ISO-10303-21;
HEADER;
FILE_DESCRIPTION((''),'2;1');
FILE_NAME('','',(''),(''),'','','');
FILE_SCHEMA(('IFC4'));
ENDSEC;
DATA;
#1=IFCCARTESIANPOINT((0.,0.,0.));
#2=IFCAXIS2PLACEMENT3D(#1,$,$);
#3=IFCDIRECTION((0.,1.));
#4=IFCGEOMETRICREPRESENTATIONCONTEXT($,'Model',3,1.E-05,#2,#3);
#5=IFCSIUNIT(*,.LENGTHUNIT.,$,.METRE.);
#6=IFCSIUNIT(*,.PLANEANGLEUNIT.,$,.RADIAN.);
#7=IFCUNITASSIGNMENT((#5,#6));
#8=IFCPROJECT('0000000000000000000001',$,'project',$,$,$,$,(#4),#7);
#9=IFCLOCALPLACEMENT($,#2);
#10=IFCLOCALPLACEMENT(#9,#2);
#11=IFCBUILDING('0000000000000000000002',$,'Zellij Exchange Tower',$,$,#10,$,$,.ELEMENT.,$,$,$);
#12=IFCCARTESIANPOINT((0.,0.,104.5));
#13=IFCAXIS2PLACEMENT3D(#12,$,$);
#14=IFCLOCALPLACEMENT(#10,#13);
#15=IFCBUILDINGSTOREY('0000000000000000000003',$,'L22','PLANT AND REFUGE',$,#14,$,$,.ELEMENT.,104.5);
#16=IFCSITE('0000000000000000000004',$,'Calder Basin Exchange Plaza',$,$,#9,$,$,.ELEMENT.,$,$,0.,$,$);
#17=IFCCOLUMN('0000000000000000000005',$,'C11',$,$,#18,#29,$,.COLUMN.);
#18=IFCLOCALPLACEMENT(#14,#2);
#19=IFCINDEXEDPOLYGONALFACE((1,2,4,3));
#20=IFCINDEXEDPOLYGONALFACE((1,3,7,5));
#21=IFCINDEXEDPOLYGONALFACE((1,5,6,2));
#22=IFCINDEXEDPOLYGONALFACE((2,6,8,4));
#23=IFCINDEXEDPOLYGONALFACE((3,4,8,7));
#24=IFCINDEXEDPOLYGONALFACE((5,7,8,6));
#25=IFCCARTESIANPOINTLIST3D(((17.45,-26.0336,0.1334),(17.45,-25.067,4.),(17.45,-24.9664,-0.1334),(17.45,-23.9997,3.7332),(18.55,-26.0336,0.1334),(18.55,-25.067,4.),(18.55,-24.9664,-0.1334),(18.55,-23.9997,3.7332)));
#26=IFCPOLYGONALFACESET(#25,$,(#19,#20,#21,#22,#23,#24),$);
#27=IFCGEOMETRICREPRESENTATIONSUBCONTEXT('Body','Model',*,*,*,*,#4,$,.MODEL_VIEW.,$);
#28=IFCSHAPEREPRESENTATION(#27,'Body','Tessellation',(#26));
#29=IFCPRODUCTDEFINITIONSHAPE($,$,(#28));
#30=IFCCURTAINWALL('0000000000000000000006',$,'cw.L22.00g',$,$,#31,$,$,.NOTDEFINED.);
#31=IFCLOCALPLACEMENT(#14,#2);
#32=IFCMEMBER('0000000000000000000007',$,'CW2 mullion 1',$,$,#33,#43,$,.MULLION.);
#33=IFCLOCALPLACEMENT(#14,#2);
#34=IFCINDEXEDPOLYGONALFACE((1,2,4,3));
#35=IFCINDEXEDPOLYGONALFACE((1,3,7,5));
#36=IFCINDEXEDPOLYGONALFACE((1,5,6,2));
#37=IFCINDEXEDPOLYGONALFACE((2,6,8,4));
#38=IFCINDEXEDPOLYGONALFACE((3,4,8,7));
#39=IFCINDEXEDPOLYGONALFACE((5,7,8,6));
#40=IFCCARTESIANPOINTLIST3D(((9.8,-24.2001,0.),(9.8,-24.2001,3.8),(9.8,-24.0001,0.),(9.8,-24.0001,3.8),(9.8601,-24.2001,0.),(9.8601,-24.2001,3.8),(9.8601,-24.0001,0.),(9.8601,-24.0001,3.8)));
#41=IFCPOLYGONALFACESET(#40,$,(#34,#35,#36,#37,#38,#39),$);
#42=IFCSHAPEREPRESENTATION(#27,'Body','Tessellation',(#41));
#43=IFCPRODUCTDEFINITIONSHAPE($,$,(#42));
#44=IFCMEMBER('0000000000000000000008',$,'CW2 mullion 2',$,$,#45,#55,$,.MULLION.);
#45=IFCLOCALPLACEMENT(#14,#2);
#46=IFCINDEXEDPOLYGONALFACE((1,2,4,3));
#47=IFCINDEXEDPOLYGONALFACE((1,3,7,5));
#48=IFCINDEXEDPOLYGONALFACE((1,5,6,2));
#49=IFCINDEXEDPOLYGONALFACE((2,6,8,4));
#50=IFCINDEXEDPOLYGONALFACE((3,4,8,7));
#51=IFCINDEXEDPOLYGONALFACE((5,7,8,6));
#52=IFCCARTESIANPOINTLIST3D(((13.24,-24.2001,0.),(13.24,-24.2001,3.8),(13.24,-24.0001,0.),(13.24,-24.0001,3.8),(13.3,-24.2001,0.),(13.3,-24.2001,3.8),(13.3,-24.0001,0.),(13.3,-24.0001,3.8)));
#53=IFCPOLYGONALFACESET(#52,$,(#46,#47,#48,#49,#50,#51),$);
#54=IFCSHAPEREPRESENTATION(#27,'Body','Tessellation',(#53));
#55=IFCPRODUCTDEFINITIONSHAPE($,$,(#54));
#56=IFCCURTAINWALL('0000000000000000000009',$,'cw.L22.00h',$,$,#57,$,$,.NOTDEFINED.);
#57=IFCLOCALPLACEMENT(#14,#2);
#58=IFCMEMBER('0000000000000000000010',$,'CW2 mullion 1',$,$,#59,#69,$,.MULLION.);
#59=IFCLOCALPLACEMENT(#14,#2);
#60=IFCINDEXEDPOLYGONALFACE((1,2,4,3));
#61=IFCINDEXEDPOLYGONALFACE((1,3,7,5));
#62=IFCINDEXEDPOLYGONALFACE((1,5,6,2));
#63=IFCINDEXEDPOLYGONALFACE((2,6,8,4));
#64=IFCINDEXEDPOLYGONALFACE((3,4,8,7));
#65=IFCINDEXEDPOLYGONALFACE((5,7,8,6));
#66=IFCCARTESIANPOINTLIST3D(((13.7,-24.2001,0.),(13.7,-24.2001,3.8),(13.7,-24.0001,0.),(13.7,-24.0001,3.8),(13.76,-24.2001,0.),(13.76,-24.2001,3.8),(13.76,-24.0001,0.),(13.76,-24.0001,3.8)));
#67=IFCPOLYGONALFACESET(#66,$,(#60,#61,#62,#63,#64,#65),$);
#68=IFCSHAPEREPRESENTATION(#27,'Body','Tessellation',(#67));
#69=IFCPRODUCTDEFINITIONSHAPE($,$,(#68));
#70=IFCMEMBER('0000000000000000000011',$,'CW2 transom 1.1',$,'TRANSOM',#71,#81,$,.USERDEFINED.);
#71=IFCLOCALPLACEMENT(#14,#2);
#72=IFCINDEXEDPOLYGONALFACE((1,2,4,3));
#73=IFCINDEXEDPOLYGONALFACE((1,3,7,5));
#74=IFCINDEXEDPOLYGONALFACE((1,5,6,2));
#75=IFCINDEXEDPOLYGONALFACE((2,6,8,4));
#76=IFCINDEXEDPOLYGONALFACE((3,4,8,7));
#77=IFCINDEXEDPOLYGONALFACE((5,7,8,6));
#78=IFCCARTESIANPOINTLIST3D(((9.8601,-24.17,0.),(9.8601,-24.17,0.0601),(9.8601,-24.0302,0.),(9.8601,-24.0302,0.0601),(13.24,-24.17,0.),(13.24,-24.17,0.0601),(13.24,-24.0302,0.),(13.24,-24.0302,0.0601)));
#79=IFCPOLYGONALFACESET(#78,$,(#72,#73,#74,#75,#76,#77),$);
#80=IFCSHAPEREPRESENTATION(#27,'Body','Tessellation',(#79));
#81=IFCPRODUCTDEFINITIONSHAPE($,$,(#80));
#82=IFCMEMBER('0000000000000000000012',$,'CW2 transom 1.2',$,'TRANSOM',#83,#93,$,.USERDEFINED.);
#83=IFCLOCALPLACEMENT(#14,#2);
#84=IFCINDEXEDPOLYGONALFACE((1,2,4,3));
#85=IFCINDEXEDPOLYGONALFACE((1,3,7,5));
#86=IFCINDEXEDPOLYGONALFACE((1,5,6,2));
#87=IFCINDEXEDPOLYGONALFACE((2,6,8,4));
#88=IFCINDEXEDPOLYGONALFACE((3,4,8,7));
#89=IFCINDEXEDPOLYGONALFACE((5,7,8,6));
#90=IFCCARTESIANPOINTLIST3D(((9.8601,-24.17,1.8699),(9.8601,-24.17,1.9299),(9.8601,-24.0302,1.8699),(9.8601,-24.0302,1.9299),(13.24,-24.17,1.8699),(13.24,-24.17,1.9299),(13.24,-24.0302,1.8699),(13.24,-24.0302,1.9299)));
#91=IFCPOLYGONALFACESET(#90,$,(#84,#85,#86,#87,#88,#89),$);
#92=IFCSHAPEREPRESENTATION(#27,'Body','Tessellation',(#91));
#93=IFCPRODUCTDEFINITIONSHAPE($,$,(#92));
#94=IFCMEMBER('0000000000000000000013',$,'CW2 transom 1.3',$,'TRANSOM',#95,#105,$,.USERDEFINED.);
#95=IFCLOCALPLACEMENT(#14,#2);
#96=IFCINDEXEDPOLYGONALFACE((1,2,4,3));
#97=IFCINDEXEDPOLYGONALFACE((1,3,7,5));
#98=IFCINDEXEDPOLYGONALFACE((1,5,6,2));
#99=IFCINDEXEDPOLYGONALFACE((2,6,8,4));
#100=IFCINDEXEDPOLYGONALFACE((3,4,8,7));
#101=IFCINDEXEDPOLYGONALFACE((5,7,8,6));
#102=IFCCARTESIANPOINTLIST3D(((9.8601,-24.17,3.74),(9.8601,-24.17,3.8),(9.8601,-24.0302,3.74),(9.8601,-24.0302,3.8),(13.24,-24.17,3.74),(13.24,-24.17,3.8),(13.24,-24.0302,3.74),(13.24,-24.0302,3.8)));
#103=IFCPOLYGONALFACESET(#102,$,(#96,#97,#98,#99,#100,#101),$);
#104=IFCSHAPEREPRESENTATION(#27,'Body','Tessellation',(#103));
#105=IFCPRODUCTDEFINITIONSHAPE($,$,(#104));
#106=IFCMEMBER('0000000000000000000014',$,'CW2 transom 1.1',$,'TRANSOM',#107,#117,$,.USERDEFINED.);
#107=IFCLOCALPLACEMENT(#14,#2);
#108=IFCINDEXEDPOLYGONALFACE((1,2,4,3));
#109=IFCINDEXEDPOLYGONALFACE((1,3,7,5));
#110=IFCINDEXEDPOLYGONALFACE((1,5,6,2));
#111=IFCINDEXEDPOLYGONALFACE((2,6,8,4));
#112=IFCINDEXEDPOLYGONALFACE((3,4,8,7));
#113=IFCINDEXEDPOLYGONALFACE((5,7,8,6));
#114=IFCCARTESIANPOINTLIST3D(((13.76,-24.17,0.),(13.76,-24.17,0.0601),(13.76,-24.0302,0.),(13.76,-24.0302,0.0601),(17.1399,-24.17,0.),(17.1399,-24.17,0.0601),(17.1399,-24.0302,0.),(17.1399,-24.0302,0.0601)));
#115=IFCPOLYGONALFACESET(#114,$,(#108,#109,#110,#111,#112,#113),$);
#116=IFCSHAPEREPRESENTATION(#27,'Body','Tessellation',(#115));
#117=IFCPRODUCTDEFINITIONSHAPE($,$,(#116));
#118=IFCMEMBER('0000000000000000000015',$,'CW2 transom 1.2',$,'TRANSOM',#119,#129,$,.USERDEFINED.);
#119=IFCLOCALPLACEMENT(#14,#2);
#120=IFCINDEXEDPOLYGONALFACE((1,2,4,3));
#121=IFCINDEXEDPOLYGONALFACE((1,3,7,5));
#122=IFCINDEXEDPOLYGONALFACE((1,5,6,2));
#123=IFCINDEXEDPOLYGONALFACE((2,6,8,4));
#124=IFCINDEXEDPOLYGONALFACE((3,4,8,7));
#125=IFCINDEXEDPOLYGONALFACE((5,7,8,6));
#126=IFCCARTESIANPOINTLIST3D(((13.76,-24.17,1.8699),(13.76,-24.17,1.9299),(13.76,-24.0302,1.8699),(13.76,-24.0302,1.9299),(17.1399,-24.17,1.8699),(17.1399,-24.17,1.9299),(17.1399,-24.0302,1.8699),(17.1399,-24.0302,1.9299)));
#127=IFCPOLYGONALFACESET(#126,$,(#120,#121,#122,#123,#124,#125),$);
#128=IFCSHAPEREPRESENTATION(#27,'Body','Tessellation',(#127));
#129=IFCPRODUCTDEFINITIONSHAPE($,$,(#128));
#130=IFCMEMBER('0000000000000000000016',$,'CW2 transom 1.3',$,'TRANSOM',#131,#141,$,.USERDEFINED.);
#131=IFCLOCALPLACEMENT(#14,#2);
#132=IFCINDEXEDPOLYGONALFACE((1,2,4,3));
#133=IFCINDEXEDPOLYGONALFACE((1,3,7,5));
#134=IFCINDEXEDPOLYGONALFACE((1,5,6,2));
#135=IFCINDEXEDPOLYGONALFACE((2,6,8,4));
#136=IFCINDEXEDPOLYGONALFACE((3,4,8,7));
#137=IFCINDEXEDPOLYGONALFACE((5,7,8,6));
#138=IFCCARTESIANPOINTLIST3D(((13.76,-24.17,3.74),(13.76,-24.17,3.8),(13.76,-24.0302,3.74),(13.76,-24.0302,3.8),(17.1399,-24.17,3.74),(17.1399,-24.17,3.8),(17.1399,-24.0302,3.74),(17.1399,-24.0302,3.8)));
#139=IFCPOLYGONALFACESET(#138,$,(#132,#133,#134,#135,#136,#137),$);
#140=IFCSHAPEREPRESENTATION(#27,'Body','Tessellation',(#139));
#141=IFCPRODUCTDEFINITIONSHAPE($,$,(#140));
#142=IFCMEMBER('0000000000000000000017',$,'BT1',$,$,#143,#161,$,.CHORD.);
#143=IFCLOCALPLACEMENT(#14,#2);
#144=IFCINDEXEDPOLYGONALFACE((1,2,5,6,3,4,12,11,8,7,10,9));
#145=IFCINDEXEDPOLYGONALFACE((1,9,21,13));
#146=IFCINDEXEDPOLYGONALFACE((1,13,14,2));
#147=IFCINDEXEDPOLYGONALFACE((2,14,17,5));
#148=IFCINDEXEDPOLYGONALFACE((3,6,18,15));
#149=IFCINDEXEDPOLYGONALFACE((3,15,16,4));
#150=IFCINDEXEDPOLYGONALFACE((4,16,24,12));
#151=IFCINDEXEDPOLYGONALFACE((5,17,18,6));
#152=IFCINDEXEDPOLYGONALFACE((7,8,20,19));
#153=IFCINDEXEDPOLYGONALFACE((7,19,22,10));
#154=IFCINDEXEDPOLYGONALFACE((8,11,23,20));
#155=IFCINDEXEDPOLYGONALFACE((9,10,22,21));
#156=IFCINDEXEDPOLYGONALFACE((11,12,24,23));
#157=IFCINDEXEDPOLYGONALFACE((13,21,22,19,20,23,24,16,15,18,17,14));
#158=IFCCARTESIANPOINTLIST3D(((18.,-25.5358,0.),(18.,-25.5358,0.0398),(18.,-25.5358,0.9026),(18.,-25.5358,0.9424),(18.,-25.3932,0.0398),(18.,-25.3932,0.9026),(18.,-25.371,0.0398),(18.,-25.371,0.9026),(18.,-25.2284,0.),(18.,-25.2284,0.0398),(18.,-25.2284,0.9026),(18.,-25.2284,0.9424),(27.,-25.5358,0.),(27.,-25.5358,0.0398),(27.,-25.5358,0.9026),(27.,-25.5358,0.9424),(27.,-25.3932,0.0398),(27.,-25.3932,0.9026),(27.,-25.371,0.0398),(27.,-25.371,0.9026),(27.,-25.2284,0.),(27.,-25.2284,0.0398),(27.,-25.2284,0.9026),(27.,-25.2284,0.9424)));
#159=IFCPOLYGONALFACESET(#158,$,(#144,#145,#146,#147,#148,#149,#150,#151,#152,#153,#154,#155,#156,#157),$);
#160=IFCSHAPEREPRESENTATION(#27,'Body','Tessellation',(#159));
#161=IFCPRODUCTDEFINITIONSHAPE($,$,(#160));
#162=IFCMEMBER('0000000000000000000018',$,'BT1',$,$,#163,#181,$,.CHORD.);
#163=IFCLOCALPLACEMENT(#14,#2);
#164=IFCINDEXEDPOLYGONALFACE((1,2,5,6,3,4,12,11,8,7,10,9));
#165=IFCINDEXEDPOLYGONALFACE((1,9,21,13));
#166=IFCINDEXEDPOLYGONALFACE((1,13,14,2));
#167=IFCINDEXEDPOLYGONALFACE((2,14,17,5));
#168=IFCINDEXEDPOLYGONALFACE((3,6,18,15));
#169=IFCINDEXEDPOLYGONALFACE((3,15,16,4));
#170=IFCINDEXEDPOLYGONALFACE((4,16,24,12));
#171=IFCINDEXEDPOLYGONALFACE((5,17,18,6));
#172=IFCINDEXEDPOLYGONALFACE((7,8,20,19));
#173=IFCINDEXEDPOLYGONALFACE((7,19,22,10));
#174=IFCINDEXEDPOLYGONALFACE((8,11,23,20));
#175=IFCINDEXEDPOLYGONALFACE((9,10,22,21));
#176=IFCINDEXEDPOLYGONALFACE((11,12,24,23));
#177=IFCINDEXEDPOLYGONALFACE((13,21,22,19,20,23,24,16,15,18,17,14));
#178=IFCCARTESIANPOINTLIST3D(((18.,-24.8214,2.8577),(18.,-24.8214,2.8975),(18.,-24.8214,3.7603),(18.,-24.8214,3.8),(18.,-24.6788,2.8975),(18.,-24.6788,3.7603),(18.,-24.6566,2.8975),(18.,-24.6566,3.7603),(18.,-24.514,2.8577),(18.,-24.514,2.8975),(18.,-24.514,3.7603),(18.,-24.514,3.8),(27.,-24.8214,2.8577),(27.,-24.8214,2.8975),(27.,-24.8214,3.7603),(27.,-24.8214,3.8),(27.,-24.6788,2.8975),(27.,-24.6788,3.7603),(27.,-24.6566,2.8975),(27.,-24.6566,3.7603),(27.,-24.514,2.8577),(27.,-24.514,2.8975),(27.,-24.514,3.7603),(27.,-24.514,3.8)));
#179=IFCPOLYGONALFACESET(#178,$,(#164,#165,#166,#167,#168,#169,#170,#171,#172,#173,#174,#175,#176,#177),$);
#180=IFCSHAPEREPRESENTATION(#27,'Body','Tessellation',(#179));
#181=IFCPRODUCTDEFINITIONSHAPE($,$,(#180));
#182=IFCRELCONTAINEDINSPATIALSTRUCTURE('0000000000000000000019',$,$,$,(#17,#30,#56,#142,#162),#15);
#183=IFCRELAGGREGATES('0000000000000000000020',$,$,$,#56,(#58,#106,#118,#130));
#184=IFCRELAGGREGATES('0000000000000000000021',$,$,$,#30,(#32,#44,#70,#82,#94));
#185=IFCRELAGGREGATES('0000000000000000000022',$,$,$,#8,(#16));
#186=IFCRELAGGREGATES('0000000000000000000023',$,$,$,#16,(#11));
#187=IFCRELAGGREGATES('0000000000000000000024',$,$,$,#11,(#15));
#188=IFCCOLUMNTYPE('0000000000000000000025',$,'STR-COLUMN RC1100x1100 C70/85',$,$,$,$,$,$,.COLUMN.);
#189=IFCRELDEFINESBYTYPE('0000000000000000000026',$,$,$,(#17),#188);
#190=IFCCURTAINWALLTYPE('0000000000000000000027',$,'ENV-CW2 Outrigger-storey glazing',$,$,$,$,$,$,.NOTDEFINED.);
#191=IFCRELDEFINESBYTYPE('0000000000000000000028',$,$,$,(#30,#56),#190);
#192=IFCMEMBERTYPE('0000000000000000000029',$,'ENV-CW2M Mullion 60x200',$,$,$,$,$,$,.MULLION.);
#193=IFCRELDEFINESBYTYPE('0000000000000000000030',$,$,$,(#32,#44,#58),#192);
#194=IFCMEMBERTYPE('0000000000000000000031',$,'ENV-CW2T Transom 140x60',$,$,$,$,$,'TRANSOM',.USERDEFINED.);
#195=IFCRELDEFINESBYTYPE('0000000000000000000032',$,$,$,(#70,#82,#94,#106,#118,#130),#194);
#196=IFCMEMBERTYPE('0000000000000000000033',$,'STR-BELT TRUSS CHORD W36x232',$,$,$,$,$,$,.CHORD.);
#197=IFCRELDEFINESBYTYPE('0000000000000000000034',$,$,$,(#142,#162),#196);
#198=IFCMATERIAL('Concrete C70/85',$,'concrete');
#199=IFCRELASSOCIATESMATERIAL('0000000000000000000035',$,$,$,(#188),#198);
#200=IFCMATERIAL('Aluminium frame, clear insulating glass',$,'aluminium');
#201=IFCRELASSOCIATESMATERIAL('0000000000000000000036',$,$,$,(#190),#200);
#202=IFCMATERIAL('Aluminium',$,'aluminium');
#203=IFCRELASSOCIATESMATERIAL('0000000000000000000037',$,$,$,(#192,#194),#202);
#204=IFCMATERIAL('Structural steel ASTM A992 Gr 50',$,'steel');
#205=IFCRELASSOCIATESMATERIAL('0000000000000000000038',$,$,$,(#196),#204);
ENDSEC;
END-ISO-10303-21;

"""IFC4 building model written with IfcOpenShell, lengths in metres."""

from ifc_helpers import new_model, si_unit, direction, frame, origin, origin_2d, place, context, subcontext, project, spatial, rectangle, i_section, extrude, clip, halfspace, material, material_profile, profile_set, type_object, element, aggregate, save


model = new_model("IFC4")

# Units and contexts
model_context = context("Model", 3, precision=1e-05, world=origin(), true_north=direction((0.0, 1.0)))
body_context = subcontext(model_context, "Body", "Model", "MODEL_VIEW")
ifc_project = project(units=[si_unit("LENGTHUNIT", "METRE"), si_unit("PLANEANGLEUNIT", "RADIAN")], contexts=[model_context])

# Site, building, storey
site_placement = place(None, origin())
site = spatial("IfcSite", under=ifc_project, at=site_placement, Name="Calder Basin Exchange Plaza", CompositionType="ELEMENT", RefElevation=0.0)
building_placement = place(site_placement, origin())
building = spatial("IfcBuilding", under=site, at=building_placement, Name="Zellij Exchange Tower", CompositionType="ELEMENT")
storey_placement = place(building_placement, frame((0.0, 0.0, 104.5)))
storey = spatial("IfcBuildingStorey", under=building, at=storey_placement, Name="L22", Description="PLANT AND REFUGE", CompositionType="ELEMENT", Elevation=104.5)

# Column
ifc_material_1 = material(Name="Concrete C70/85", Category="concrete")
ifc_material_profile_1 = material_profile(ifc_material_1, rectangle(XDim=1.1001, YDim=1.1001, at=origin_2d()), Name="STR-COLUMN RC1100x1100 C70/85")
ifc_profile_set_1 = profile_set([ifc_material_profile_1], Name="Concrete C70/85")
column_type = type_object("IfcColumnType", Name="STR-COLUMN RC1100x1100 C70/85", PredefinedType="COLUMN", material=ifc_profile_set_1)
column_placement = place(storey_placement, frame((18.0, -25.5, 0.0), z_axis=(0.0, 0.242536, 0.970143), x_axis=(-1.0, 0.0, 0.0)))
element("IfcColumn", 1, at=column_placement, inside=storey, type_object=column_type, Name="C11", PredefinedType="COLUMN", context=body_context, shape_type="Clipping", body=[
    clip(extrude(rectangle(XDim=1.1001, YDim=1.1001, at=origin_2d()), origin(), (0.0, 0.0, 1.0), 4.123), halfspace(frame((0.0, 0.0, 3.9856)), False)),
])

# Curtain wall, members
ifc_material_2 = material(Name="Aluminium frame, clear insulating glass", Category="aluminium")
curtain_wall_type = type_object("IfcCurtainWallType", Name="ENV-CW2 Outrigger-storey glazing", PredefinedType="NOTDEFINED", material=ifc_material_2)
curtain_wall_1_placement = place(storey_placement, origin())
curtain_wall_1 = element("IfcCurtainWall", 2, at=curtain_wall_1_placement, inside=storey, type_object=curtain_wall_type, Name="cw.L22.00g", PredefinedType="NOTDEFINED")
ifc_material_3 = material(Name="Aluminium", Category="aluminium")
ifc_material_profile_2 = material_profile(ifc_material_3, rectangle(XDim=0.0601, YDim=0.2, at=origin_2d()), Name="AL 60x200")
ifc_profile_set_2 = profile_set([ifc_material_profile_2], Name="Aluminium")
member_type_1 = type_object("IfcMemberType", Name="ENV-CW2M Mullion 60x200", PredefinedType="MULLION", material=ifc_profile_set_2)
member_1_placement = place(storey_placement, frame((9.8301, -24.1001, 0.0), z_axis=(0.0, 0.0, 1.0), x_axis=(1.0, 0.0, 0.0)))
member_1 = element("IfcMember", 3, at=member_1_placement, type_object=member_type_1, Name="CW2 mullion 1", PredefinedType="MULLION", context=body_context, shape_type="SweptSolid", body=[
    extrude(rectangle(XDim=0.0601, YDim=0.2, at=origin_2d()), origin(), (0.0, 0.0, 1.0), 3.8),
])
member_2_placement = place(storey_placement, frame((13.27, -24.1001, 0.0), z_axis=(0.0, 0.0, 1.0), x_axis=(1.0, 0.0, 0.0)))
member_2 = element("IfcMember", 4, at=member_2_placement, type_object=member_type_1, Name="CW2 mullion 2", PredefinedType="MULLION", context=body_context, shape_type="SweptSolid", body=[
    extrude(rectangle(XDim=0.0601, YDim=0.2, at=origin_2d()), origin(), (0.0, 0.0, 1.0), 3.8),
])

# Curtain wall, member
curtain_wall_2_placement = place(storey_placement, origin())
curtain_wall_2 = element("IfcCurtainWall", 5, at=curtain_wall_2_placement, inside=storey, type_object=curtain_wall_type, Name="cw.L22.00h", PredefinedType="NOTDEFINED")
member_3_placement = place(storey_placement, frame((13.73, -24.1001, 0.0), z_axis=(0.0, 0.0, 1.0), x_axis=(1.0, 0.0, 0.0)))
member_3 = element("IfcMember", 6, at=member_3_placement, type_object=member_type_1, Name="CW2 mullion 1", PredefinedType="MULLION", context=body_context, shape_type="SweptSolid", body=[
    extrude(rectangle(XDim=0.0601, YDim=0.2, at=origin_2d()), origin(), (0.0, 0.0, 1.0), 3.8),
])

# Members
ifc_material_profile_3 = material_profile(ifc_material_3, rectangle(XDim=0.1399, YDim=0.0601, at=origin_2d()), Name="AL 140x60")
ifc_profile_set_3 = profile_set([ifc_material_profile_3], Name="Aluminium")
member_type_2 = type_object("IfcMemberType", Name="ENV-CW2T Transom 140x60", ElementType="TRANSOM", PredefinedType="USERDEFINED", material=ifc_profile_set_3)
member_4_placement = place(storey_placement, frame((9.8601, -24.1001, 0.03), z_axis=(1.0, 0.0, 0.0), x_axis=(0.0, 1.0, 0.0)))
member_4 = element("IfcMember", 7, at=member_4_placement, type_object=member_type_2, Name="CW2 transom 1.1", ObjectType="TRANSOM", PredefinedType="USERDEFINED", context=body_context, shape_type="SweptSolid", body=[
    extrude(rectangle(XDim=0.1399, YDim=0.0601, at=origin_2d()), origin(), (0.0, 0.0, 1.0), 3.3799),
])
member_5_placement = place(storey_placement, frame((9.8601, -24.1001, 1.8999), z_axis=(1.0, 0.0, 0.0), x_axis=(0.0, 1.0, 0.0)))
member_5 = element("IfcMember", 8, at=member_5_placement, type_object=member_type_2, Name="CW2 transom 1.2", ObjectType="TRANSOM", PredefinedType="USERDEFINED", context=body_context, shape_type="SweptSolid", body=[
    extrude(rectangle(XDim=0.1399, YDim=0.0601, at=origin_2d()), origin(), (0.0, 0.0, 1.0), 3.3799),
])
member_6_placement = place(storey_placement, frame((9.8601, -24.1001, 3.77), z_axis=(1.0, 0.0, 0.0), x_axis=(0.0, 1.0, 0.0)))
member_6 = element("IfcMember", 9, at=member_6_placement, type_object=member_type_2, Name="CW2 transom 1.3", ObjectType="TRANSOM", PredefinedType="USERDEFINED", context=body_context, shape_type="SweptSolid", body=[
    extrude(rectangle(XDim=0.1399, YDim=0.0601, at=origin_2d()), origin(), (0.0, 0.0, 1.0), 3.3799),
])
member_7_placement = place(storey_placement, frame((13.76, -24.1001, 0.03), z_axis=(1.0, 0.0, 0.0), x_axis=(0.0, 1.0, 0.0)))
member_7 = element("IfcMember", 10, at=member_7_placement, type_object=member_type_2, Name="CW2 transom 1.1", ObjectType="TRANSOM", PredefinedType="USERDEFINED", context=body_context, shape_type="SweptSolid", body=[
    extrude(rectangle(XDim=0.1399, YDim=0.0601, at=origin_2d()), origin(), (0.0, 0.0, 1.0), 3.3799),
])
member_8_placement = place(storey_placement, frame((13.76, -24.1001, 1.8999), z_axis=(1.0, 0.0, 0.0), x_axis=(0.0, 1.0, 0.0)))
member_8 = element("IfcMember", 11, at=member_8_placement, type_object=member_type_2, Name="CW2 transom 1.2", ObjectType="TRANSOM", PredefinedType="USERDEFINED", context=body_context, shape_type="SweptSolid", body=[
    extrude(rectangle(XDim=0.1399, YDim=0.0601, at=origin_2d()), origin(), (0.0, 0.0, 1.0), 3.3799),
])
member_9_placement = place(storey_placement, frame((13.76, -24.1001, 3.77), z_axis=(1.0, 0.0, 0.0), x_axis=(0.0, 1.0, 0.0)))
member_9 = element("IfcMember", 12, at=member_9_placement, type_object=member_type_2, Name="CW2 transom 1.3", ObjectType="TRANSOM", PredefinedType="USERDEFINED", context=body_context, shape_type="SweptSolid", body=[
    extrude(rectangle(XDim=0.1399, YDim=0.0601, at=origin_2d()), origin(), (0.0, 0.0, 1.0), 3.3799),
])

# Members
ifc_material_4 = material(Name="Structural steel ASTM A992 Gr 50", Category="steel")
ifc_material_profile_4 = material_profile(ifc_material_4, i_section(OverallWidth=0.3074, OverallDepth=0.9424, WebThickness=0.0222, FlangeThickness=0.0398, at=origin_2d()), Name="W36x232")
ifc_profile_set_4 = profile_set([ifc_material_profile_4], Name="Structural steel ASTM A992 Gr 50")
member_type_3 = type_object("IfcMemberType", Name="STR-BELT TRUSS CHORD W36x232", PredefinedType="CHORD", material=ifc_profile_set_4)
for number, where, z_axis, x_axis, name in (
    (13, (18.0, -25.3821, 0.4712), (1.0, 0.0, 0.0), (0.0, 1.0, 0.0), "BT1"),
    (14, (18.0, -24.6677, 3.3289), (1.0, 0.0, 0.0), (0.0, 1.0, 0.0), "BT1"),
):
    element("IfcMember", number, at=place(storey_placement, frame(where, z_axis=z_axis, x_axis=x_axis)), inside=storey, type_object=member_type_3, Name=name, PredefinedType="CHORD", context=body_context, shape_type="SweptSolid", body=[
        extrude(i_section(OverallWidth=0.3074, OverallDepth=0.9424, WebThickness=0.0222, FlangeThickness=0.0398, at=origin_2d()), origin(), (0.0, 0.0, 1.0), 9.0),
    ])

aggregate(curtain_wall_2, [member_3, member_7, member_8, member_9])
aggregate(curtain_wall_1, [member_1, member_2, member_4, member_5, member_6])

save(model, "model.ifc")
